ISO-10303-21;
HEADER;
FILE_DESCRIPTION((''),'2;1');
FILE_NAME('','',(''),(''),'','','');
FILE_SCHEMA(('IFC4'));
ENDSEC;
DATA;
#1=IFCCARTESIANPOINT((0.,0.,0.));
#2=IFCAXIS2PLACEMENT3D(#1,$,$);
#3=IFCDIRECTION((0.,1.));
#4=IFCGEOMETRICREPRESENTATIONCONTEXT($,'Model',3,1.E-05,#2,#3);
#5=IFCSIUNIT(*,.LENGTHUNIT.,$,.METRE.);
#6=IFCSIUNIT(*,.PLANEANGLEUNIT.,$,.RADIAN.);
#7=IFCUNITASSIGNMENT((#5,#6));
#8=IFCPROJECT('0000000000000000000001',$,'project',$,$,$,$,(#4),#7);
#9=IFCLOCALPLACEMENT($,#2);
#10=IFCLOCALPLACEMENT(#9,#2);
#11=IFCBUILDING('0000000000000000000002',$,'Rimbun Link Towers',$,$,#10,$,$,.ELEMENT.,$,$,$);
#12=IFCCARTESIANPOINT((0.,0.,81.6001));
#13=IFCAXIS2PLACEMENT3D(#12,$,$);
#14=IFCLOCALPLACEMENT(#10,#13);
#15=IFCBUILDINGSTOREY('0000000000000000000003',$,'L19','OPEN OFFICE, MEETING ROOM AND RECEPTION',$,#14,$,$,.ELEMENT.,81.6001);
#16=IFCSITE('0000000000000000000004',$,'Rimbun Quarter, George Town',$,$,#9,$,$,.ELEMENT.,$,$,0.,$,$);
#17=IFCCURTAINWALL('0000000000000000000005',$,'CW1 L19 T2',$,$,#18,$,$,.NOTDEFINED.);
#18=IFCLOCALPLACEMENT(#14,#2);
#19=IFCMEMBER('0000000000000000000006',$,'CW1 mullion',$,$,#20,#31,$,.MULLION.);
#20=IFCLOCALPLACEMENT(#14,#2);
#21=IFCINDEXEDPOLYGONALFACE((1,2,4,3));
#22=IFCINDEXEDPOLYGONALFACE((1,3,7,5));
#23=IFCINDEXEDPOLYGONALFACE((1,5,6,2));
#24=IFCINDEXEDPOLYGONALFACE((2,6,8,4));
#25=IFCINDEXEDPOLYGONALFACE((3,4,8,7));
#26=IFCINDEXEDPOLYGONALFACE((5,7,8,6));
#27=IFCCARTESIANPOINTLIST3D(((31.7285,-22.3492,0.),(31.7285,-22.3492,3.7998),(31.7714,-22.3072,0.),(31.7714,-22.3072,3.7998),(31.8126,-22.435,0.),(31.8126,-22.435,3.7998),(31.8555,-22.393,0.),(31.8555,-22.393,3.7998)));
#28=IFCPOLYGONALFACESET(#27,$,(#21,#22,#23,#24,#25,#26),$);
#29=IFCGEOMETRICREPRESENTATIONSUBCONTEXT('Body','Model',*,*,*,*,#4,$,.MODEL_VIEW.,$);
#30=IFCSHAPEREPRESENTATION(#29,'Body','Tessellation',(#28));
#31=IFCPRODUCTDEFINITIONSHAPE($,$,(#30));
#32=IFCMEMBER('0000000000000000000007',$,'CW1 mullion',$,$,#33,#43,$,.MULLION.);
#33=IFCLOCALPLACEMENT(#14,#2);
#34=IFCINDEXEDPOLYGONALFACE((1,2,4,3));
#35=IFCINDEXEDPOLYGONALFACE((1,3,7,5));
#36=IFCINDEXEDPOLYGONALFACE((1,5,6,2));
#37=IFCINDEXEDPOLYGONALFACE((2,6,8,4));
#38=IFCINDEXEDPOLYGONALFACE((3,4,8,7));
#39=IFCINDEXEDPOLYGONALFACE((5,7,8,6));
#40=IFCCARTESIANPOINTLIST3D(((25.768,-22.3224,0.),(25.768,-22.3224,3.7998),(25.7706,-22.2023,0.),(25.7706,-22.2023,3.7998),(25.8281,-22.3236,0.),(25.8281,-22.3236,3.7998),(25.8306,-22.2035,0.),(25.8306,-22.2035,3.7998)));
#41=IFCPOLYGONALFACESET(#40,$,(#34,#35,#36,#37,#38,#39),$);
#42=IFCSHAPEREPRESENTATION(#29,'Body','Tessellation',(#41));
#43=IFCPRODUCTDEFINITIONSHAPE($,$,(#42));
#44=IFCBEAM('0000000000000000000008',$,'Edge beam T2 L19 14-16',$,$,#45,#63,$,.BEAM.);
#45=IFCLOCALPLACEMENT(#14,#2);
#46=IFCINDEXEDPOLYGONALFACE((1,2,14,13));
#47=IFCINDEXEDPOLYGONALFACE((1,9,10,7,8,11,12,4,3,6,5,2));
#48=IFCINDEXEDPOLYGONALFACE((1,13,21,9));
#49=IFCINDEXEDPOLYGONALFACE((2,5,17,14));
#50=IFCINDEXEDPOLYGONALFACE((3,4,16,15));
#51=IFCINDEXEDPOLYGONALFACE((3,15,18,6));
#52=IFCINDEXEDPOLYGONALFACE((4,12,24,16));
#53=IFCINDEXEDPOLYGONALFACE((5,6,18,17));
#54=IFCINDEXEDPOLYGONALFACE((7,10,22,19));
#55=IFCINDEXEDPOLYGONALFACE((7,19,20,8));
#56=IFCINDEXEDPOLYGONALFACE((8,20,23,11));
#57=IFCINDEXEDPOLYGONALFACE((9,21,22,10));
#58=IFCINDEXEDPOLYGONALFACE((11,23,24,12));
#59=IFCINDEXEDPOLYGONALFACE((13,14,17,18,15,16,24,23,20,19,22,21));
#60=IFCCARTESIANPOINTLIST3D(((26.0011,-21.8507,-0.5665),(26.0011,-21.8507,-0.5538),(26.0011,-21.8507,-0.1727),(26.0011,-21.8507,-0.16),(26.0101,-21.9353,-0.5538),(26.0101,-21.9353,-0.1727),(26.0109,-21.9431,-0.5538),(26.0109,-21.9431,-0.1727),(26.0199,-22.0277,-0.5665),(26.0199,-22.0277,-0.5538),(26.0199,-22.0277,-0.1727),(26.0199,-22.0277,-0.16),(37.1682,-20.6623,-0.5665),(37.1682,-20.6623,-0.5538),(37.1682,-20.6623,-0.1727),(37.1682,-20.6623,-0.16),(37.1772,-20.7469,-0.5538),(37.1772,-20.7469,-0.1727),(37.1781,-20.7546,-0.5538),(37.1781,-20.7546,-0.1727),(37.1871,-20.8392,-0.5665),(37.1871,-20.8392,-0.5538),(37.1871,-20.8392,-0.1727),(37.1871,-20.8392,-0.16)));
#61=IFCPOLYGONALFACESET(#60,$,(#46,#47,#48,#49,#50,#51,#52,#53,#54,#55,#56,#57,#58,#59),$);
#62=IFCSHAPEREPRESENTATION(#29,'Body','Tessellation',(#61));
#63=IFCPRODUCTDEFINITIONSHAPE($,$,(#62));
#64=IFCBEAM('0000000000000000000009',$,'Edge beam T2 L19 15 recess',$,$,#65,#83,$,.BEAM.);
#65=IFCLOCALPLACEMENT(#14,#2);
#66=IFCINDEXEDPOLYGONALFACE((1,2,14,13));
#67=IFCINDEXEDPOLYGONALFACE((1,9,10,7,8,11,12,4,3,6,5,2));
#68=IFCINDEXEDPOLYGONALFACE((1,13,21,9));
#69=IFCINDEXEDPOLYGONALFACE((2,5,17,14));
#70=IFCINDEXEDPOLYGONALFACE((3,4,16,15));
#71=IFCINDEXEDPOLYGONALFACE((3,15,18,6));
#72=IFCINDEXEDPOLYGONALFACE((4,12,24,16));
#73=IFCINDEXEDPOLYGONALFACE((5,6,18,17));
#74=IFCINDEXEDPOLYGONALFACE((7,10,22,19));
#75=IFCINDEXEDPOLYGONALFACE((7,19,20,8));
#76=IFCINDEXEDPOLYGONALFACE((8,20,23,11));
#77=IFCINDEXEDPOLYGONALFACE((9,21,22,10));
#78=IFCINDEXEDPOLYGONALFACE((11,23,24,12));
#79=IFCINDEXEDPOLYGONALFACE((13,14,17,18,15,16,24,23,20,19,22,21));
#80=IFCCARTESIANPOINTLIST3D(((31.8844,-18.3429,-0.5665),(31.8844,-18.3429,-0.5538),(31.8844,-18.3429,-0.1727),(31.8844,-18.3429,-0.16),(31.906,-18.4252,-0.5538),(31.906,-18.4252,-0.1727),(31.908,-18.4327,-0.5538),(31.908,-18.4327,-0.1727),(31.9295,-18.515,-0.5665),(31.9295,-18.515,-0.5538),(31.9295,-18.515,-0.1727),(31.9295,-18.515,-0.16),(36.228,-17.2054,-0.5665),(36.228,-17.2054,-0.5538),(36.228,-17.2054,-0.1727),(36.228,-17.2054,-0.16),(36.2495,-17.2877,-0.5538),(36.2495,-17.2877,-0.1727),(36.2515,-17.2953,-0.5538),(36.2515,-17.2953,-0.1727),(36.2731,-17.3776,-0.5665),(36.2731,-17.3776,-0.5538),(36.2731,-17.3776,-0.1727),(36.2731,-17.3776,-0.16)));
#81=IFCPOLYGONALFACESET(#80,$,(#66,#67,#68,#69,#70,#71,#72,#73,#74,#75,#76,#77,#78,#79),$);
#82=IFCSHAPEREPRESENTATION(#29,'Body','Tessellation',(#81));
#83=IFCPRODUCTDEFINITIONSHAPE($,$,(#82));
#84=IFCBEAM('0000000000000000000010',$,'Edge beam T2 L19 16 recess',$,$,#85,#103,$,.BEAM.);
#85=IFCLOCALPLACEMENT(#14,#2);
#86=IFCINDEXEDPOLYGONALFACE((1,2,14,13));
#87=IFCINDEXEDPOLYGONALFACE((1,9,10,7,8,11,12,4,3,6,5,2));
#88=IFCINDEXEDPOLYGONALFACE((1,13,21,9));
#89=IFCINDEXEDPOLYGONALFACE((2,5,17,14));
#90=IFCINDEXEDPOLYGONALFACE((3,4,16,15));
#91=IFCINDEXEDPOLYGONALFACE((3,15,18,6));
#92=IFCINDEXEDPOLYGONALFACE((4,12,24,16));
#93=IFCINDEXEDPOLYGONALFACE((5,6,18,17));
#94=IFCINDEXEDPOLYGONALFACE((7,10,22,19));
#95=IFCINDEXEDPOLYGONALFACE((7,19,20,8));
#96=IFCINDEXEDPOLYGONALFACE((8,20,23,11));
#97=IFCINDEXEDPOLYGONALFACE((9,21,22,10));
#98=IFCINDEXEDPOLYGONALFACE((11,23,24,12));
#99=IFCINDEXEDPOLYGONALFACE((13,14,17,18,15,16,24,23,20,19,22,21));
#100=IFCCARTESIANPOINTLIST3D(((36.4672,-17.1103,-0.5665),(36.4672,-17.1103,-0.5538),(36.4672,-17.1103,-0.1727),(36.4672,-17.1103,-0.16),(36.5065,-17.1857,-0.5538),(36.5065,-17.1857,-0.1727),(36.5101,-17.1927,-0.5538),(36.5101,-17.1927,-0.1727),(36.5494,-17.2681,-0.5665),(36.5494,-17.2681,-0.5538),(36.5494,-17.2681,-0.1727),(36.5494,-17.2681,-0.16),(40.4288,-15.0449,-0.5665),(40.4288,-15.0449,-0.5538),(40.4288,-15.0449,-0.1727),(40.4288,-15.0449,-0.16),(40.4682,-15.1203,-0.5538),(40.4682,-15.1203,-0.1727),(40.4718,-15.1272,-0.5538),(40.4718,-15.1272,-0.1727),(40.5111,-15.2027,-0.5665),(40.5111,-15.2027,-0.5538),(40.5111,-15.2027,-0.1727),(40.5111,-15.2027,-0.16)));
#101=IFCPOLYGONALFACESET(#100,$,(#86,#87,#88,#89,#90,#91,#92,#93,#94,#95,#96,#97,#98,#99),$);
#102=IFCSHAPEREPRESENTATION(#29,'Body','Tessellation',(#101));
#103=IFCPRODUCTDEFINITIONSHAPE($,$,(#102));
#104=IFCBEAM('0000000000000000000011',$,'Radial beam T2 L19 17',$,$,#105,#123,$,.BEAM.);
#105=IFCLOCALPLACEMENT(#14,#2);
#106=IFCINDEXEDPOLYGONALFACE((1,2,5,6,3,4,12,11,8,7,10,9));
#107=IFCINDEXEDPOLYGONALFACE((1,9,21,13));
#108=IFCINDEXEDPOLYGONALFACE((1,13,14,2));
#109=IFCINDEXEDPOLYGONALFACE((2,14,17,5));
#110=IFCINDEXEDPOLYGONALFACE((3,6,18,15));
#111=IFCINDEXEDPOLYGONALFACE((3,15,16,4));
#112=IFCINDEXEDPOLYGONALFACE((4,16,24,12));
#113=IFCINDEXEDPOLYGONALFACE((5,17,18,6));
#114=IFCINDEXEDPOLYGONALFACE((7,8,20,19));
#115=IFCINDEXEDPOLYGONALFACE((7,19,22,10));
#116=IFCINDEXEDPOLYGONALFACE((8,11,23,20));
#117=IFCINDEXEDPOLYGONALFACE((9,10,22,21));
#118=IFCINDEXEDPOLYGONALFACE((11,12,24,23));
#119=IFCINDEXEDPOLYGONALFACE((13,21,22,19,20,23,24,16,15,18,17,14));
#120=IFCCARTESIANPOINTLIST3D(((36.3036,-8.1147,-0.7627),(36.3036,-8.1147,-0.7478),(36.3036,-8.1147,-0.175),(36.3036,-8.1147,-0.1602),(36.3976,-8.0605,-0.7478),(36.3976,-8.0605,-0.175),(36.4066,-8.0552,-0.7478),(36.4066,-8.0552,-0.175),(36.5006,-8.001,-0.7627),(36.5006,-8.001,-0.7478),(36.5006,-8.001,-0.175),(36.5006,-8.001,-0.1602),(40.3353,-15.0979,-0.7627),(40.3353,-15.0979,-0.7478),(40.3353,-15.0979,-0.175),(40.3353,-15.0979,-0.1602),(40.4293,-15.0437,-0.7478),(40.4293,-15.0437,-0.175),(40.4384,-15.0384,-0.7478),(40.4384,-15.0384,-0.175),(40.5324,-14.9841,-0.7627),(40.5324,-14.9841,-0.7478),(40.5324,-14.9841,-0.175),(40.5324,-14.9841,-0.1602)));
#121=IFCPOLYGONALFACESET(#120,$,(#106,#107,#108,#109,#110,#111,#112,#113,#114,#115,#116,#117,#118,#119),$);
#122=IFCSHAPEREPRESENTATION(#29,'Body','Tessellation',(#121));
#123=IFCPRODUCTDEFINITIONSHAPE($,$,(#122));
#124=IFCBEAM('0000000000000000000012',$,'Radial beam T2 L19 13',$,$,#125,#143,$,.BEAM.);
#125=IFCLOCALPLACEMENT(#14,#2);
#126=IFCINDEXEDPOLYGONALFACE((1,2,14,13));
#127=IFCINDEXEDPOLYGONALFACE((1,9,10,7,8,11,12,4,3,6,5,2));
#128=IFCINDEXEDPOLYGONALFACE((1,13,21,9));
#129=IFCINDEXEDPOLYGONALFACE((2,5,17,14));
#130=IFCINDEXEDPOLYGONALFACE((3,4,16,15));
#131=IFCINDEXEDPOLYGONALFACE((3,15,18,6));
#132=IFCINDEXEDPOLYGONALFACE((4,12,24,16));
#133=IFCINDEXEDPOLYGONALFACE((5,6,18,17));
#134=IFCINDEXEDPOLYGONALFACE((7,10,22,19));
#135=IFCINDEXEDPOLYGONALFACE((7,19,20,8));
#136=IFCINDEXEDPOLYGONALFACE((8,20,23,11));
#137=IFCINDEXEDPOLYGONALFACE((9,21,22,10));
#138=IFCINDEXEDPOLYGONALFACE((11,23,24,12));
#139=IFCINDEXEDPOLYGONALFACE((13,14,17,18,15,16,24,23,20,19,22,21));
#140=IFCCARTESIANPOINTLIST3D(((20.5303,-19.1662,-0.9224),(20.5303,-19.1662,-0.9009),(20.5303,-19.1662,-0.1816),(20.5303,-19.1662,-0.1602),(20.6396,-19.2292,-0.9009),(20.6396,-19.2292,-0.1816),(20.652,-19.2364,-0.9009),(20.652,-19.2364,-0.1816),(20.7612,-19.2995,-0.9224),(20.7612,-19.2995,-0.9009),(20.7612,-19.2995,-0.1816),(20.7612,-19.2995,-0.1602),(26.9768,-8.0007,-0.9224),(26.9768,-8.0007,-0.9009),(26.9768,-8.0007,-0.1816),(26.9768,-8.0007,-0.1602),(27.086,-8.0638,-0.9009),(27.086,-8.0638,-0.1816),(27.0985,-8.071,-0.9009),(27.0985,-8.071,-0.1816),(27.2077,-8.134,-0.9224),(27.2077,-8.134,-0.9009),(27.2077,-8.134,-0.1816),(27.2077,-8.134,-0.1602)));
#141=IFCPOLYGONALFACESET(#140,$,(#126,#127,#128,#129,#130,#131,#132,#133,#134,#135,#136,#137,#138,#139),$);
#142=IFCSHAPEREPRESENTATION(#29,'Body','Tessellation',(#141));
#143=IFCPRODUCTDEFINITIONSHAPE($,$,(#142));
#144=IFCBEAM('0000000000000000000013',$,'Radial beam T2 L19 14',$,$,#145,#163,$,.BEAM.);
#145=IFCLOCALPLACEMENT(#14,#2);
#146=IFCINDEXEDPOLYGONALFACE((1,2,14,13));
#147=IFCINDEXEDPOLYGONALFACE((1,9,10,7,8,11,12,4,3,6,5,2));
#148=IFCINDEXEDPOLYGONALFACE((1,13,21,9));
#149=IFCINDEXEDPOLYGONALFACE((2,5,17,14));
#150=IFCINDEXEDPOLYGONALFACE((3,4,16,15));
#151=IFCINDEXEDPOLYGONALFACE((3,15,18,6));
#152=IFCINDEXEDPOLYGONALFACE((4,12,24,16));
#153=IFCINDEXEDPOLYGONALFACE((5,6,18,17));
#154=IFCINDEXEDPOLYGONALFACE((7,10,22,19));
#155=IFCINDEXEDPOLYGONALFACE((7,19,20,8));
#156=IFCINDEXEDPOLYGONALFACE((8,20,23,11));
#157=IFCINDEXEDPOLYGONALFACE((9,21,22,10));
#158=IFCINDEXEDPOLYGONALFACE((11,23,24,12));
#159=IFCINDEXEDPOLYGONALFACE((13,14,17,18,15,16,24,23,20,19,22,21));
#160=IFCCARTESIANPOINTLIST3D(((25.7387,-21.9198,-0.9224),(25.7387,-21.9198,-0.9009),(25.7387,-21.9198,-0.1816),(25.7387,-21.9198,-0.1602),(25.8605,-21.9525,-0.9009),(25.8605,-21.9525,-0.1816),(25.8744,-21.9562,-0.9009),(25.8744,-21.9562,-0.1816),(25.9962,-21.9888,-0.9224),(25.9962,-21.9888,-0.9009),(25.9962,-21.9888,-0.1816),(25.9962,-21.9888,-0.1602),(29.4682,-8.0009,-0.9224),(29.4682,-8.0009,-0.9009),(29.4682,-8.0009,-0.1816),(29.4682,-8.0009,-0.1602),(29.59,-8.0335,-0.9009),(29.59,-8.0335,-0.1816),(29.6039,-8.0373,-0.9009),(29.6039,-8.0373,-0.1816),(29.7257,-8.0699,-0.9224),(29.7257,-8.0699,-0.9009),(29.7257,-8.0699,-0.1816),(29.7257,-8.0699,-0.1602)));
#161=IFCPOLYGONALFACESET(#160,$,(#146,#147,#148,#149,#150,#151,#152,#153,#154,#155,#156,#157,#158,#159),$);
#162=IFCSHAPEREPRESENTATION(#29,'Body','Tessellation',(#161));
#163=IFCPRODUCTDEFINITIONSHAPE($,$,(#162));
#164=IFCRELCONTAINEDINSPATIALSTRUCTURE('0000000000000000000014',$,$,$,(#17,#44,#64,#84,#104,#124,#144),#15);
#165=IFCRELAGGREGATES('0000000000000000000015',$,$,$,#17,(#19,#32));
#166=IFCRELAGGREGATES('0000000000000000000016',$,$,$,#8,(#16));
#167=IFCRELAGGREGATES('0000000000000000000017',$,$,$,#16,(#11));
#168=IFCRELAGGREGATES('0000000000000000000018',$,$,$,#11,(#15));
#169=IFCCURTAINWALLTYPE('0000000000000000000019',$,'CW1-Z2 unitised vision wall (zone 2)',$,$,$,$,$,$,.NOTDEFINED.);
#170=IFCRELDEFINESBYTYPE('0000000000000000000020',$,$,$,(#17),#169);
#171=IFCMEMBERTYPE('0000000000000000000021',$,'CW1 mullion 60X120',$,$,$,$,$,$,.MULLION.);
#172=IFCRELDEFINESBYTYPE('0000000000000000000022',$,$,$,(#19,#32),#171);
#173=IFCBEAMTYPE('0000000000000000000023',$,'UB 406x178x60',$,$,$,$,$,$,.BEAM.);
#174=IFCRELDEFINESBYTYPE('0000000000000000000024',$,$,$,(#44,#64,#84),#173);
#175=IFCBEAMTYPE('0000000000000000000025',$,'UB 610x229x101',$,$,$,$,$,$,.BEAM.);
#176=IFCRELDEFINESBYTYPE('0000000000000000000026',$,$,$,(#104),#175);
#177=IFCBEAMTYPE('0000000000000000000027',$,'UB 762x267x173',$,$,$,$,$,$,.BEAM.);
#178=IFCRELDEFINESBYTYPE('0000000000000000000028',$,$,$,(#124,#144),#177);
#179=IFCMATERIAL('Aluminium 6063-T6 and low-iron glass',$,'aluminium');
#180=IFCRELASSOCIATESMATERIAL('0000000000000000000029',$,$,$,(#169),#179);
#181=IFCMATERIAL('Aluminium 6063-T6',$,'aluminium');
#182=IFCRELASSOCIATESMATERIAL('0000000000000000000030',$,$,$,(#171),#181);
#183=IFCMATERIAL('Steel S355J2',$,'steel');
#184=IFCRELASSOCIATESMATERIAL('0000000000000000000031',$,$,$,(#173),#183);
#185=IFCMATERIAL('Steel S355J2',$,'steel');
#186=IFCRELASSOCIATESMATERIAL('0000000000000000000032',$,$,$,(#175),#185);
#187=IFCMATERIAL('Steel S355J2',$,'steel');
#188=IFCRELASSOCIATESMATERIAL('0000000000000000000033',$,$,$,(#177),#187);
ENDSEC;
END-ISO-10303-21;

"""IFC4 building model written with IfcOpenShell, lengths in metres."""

from ifc_helpers import new_model, si_unit, direction, frame, origin, origin_2d, place, context, subcontext, project, spatial, rectangle, i_section, extrude, material, material_profile, profile_set, type_object, element, aggregate, save


model = new_model("IFC4")

# Units and contexts
model_context = context("Model", 3, precision=1e-05, world=origin(), true_north=direction((0.0, 1.0)))
body_context = subcontext(model_context, "Body", "Model", "MODEL_VIEW")
ifc_project = project(units=[si_unit("LENGTHUNIT", "METRE"), si_unit("PLANEANGLEUNIT", "RADIAN")], contexts=[model_context])

# Site, building, storey
site_placement = place(None, origin())
site = spatial("IfcSite", under=ifc_project, at=site_placement, Name="Rimbun Quarter, George Town", CompositionType="ELEMENT", RefElevation=0.0)
building_placement = place(site_placement, origin())
building = spatial("IfcBuilding", under=site, at=building_placement, Name="Rimbun Link Towers", CompositionType="ELEMENT")
storey_placement = place(building_placement, frame((0.0, 0.0, 81.6001)))
storey = spatial("IfcBuildingStorey", under=building, at=storey_placement, Name="L19", Description="OPEN OFFICE, MEETING ROOM AND RECEPTION", CompositionType="ELEMENT", Elevation=81.6001)

# Curtain wall, members
ifc_material_1 = material(Name="Aluminium 6063-T6 and low-iron glass", Category="aluminium")
curtain_wall_type = type_object("IfcCurtainWallType", Name="CW1-Z2 unitised vision wall (zone 2)", PredefinedType="NOTDEFINED", material=ifc_material_1)
curtain_wall_placement = place(storey_placement, origin())
curtain_wall = element("IfcCurtainWall", 1, at=curtain_wall_placement, inside=storey, type_object=curtain_wall_type, Name="CW1 L19 T2", PredefinedType="NOTDEFINED")
ifc_material_2 = material(Name="Aluminium 6063-T6", Category="aluminium")
ifc_material_profile_1 = material_profile(ifc_material_2, rectangle(XDim=0.1201, YDim=0.0601, at=origin_2d()), Name="MULLION 60X120")
ifc_profile_set_1 = profile_set([ifc_material_profile_1], Name="Aluminium 6063-T6")
member_type_1 = type_object("IfcMemberType", Name="CW1 mullion 60X120", PredefinedType="MULLION", material=ifc_profile_set_1)
member_1_placement = place(storey_placement, frame((31.792, -22.3711, 0.0), z_axis=(0.0, 0.0, 1.0), x_axis=(0.699623, -0.714513, 0.0)))
member_1 = element("IfcMember", 2, at=member_1_placement, type_object=member_type_1, Name="CW1 mullion", PredefinedType="MULLION", context=body_context, shape_type="SweptSolid", body=[
    extrude(rectangle(XDim=0.1201, YDim=0.0601, at=origin_2d()), origin(), (0.0, 0.0, 1.0), 3.7998),
])
member_2_placement = place(storey_placement, frame((25.7993, -22.2629, 0.0), z_axis=(0.0, 0.0, 1.0), x_axis=(-0.021057, -0.999778, 0.0)))
member_2 = element("IfcMember", 3, at=member_2_placement, type_object=member_type_1, Name="CW1 mullion", PredefinedType="MULLION", context=body_context, shape_type="SweptSolid", body=[
    extrude(rectangle(XDim=0.1201, YDim=0.0601, at=origin_2d()), origin(), (0.0, 0.0, 1.0), 3.7998),
])
aggregate(curtain_wall, [member_1, member_2])

# Beams
ifc_material_3 = material(Name="Steel S355J2", Category="steel")
ifc_material_profile_2 = material_profile(ifc_material_3, i_section(OverallWidth=0.178, OverallDepth=0.4065, WebThickness=0.0078, FlangeThickness=0.0127, at=origin_2d()), Name="UB 406x178x60")
ifc_profile_set_2 = profile_set([ifc_material_profile_2], Name="Steel S355J2")
beam_type_1 = type_object("IfcBeamType", Name="UB 406x178x60", PredefinedType="BEAM", material=ifc_profile_set_2)
beam_1_placement = place(storey_placement, frame((26.0105, -21.9392, -0.3633), z_axis=(0.994384, 0.105828, 0.0), x_axis=(-0.105828, 0.994384, 0.0)))
element("IfcBeam", 4, at=beam_1_placement, inside=storey, type_object=beam_type_1, Name="Edge beam T2 L19 14-16", PredefinedType="BEAM", context=body_context, shape_type="SweptSolid", body=[
    extrude(i_section(OverallWidth=0.178, OverallDepth=0.4065, WebThickness=0.0078, FlangeThickness=0.0127, at=origin_2d()), origin(), (0.0, 0.0, 1.0), 11.2302),
])
beam_2_placement = place(storey_placement, frame((31.907, -18.429, -0.3633), z_axis=(0.96738, 0.253332, 0.0), x_axis=(-0.253332, 0.96738, 0.0)))
element("IfcBeam", 5, at=beam_2_placement, inside=storey, type_object=beam_type_1, Name="Edge beam T2 L19 15 recess", PredefinedType="BEAM", context=body_context, shape_type="SweptSolid", body=[
    extrude(i_section(OverallWidth=0.178, OverallDepth=0.4065, WebThickness=0.0078, FlangeThickness=0.0127, at=origin_2d()), origin(), (0.0, 0.0, 1.0), 4.49),
])
beam_3_placement = place(storey_placement, frame((36.5083, -17.1892, -0.3633), z_axis=(0.886725, 0.462297, 0.0), x_axis=(-0.462297, 0.886725, 0.0)))
element("IfcBeam", 6, at=beam_3_placement, inside=storey, type_object=beam_type_1, Name="Edge beam T2 L19 16 recess", PredefinedType="BEAM", context=body_context, shape_type="SweptSolid", body=[
    extrude(i_section(OverallWidth=0.178, OverallDepth=0.4065, WebThickness=0.0078, FlangeThickness=0.0127, at=origin_2d()), origin(), (0.0, 0.0, 1.0), 4.4678),
])
ifc_material_4 = material(Name="Steel S355J2", Category="steel")
ifc_material_profile_3 = material_profile(ifc_material_4, i_section(OverallWidth=0.2275, OverallDepth=0.6025, WebThickness=0.0105, FlangeThickness=0.0149, at=origin_2d()), Name="UB 610x229x101")
ifc_profile_set_3 = profile_set([ifc_material_profile_3], Name="Steel S355J2")
beam_type_2 = type_object("IfcBeamType", Name="UB 610x229x101", PredefinedType="BEAM", material=ifc_profile_set_3)
beam_4_placement = place(storey_placement, frame((36.4021, -8.0579, -0.4614), z_axis=(0.500001, -0.866025, 0.0), x_axis=(0.866025, 0.500001, 0.0)))
element("IfcBeam", 7, at=beam_4_placement, inside=storey, type_object=beam_type_2, Name="Radial beam T2 L19 17", PredefinedType="BEAM", context=body_context, shape_type="SweptSolid", body=[
    extrude(i_section(OverallWidth=0.2275, OverallDepth=0.6025, WebThickness=0.0105, FlangeThickness=0.0149, at=origin_2d()), origin(), (0.0, 0.0, 1.0), 8.0635),
])
ifc_material_5 = material(Name="Steel S355J2", Category="steel")
ifc_material_profile_4 = material_profile(ifc_material_5, i_section(OverallWidth=0.2666, OverallDepth=0.7622, WebThickness=0.0144, FlangeThickness=0.0215, at=origin_2d()), Name="UB 762x267x173")
ifc_profile_set_4 = profile_set([ifc_material_profile_4], Name="Steel S355J2")
beam_type_3 = type_object("IfcBeamType", Name="UB 762x267x173", PredefinedType="BEAM", material=ifc_profile_set_4)
beam_5_placement = place(storey_placement, frame((27.0923, -8.0674, -0.5413), z_axis=(-0.500007, -0.866022, 0.0), x_axis=(0.866022, -0.500007, 0.0)))
element("IfcBeam", 8, at=beam_5_placement, inside=storey, type_object=beam_type_3, Name="Radial beam T2 L19 13", PredefinedType="BEAM", context=body_context, shape_type="SweptSolid", body=[
    extrude(i_section(OverallWidth=0.2666, OverallDepth=0.7622, WebThickness=0.0144, FlangeThickness=0.0215, at=origin_2d()), origin(), (0.0, 0.0, 1.0), 12.8928),
])
beam_6_placement = place(storey_placement, frame((29.5969, -8.0354, -0.5413), z_axis=(-0.258814, -0.965927, 0.0), x_axis=(0.965927, -0.258814, 0.0)))
element("IfcBeam", 9, at=beam_6_placement, inside=storey, type_object=beam_type_3, Name="Radial beam T2 L19 14", PredefinedType="BEAM", context=body_context, shape_type="SweptSolid", body=[
    extrude(i_section(OverallWidth=0.2666, OverallDepth=0.7622, WebThickness=0.0144, FlangeThickness=0.0215, at=origin_2d()), origin(), (0.0, 0.0, 1.0), 14.4099),
])

save(model, "model.ifc")
